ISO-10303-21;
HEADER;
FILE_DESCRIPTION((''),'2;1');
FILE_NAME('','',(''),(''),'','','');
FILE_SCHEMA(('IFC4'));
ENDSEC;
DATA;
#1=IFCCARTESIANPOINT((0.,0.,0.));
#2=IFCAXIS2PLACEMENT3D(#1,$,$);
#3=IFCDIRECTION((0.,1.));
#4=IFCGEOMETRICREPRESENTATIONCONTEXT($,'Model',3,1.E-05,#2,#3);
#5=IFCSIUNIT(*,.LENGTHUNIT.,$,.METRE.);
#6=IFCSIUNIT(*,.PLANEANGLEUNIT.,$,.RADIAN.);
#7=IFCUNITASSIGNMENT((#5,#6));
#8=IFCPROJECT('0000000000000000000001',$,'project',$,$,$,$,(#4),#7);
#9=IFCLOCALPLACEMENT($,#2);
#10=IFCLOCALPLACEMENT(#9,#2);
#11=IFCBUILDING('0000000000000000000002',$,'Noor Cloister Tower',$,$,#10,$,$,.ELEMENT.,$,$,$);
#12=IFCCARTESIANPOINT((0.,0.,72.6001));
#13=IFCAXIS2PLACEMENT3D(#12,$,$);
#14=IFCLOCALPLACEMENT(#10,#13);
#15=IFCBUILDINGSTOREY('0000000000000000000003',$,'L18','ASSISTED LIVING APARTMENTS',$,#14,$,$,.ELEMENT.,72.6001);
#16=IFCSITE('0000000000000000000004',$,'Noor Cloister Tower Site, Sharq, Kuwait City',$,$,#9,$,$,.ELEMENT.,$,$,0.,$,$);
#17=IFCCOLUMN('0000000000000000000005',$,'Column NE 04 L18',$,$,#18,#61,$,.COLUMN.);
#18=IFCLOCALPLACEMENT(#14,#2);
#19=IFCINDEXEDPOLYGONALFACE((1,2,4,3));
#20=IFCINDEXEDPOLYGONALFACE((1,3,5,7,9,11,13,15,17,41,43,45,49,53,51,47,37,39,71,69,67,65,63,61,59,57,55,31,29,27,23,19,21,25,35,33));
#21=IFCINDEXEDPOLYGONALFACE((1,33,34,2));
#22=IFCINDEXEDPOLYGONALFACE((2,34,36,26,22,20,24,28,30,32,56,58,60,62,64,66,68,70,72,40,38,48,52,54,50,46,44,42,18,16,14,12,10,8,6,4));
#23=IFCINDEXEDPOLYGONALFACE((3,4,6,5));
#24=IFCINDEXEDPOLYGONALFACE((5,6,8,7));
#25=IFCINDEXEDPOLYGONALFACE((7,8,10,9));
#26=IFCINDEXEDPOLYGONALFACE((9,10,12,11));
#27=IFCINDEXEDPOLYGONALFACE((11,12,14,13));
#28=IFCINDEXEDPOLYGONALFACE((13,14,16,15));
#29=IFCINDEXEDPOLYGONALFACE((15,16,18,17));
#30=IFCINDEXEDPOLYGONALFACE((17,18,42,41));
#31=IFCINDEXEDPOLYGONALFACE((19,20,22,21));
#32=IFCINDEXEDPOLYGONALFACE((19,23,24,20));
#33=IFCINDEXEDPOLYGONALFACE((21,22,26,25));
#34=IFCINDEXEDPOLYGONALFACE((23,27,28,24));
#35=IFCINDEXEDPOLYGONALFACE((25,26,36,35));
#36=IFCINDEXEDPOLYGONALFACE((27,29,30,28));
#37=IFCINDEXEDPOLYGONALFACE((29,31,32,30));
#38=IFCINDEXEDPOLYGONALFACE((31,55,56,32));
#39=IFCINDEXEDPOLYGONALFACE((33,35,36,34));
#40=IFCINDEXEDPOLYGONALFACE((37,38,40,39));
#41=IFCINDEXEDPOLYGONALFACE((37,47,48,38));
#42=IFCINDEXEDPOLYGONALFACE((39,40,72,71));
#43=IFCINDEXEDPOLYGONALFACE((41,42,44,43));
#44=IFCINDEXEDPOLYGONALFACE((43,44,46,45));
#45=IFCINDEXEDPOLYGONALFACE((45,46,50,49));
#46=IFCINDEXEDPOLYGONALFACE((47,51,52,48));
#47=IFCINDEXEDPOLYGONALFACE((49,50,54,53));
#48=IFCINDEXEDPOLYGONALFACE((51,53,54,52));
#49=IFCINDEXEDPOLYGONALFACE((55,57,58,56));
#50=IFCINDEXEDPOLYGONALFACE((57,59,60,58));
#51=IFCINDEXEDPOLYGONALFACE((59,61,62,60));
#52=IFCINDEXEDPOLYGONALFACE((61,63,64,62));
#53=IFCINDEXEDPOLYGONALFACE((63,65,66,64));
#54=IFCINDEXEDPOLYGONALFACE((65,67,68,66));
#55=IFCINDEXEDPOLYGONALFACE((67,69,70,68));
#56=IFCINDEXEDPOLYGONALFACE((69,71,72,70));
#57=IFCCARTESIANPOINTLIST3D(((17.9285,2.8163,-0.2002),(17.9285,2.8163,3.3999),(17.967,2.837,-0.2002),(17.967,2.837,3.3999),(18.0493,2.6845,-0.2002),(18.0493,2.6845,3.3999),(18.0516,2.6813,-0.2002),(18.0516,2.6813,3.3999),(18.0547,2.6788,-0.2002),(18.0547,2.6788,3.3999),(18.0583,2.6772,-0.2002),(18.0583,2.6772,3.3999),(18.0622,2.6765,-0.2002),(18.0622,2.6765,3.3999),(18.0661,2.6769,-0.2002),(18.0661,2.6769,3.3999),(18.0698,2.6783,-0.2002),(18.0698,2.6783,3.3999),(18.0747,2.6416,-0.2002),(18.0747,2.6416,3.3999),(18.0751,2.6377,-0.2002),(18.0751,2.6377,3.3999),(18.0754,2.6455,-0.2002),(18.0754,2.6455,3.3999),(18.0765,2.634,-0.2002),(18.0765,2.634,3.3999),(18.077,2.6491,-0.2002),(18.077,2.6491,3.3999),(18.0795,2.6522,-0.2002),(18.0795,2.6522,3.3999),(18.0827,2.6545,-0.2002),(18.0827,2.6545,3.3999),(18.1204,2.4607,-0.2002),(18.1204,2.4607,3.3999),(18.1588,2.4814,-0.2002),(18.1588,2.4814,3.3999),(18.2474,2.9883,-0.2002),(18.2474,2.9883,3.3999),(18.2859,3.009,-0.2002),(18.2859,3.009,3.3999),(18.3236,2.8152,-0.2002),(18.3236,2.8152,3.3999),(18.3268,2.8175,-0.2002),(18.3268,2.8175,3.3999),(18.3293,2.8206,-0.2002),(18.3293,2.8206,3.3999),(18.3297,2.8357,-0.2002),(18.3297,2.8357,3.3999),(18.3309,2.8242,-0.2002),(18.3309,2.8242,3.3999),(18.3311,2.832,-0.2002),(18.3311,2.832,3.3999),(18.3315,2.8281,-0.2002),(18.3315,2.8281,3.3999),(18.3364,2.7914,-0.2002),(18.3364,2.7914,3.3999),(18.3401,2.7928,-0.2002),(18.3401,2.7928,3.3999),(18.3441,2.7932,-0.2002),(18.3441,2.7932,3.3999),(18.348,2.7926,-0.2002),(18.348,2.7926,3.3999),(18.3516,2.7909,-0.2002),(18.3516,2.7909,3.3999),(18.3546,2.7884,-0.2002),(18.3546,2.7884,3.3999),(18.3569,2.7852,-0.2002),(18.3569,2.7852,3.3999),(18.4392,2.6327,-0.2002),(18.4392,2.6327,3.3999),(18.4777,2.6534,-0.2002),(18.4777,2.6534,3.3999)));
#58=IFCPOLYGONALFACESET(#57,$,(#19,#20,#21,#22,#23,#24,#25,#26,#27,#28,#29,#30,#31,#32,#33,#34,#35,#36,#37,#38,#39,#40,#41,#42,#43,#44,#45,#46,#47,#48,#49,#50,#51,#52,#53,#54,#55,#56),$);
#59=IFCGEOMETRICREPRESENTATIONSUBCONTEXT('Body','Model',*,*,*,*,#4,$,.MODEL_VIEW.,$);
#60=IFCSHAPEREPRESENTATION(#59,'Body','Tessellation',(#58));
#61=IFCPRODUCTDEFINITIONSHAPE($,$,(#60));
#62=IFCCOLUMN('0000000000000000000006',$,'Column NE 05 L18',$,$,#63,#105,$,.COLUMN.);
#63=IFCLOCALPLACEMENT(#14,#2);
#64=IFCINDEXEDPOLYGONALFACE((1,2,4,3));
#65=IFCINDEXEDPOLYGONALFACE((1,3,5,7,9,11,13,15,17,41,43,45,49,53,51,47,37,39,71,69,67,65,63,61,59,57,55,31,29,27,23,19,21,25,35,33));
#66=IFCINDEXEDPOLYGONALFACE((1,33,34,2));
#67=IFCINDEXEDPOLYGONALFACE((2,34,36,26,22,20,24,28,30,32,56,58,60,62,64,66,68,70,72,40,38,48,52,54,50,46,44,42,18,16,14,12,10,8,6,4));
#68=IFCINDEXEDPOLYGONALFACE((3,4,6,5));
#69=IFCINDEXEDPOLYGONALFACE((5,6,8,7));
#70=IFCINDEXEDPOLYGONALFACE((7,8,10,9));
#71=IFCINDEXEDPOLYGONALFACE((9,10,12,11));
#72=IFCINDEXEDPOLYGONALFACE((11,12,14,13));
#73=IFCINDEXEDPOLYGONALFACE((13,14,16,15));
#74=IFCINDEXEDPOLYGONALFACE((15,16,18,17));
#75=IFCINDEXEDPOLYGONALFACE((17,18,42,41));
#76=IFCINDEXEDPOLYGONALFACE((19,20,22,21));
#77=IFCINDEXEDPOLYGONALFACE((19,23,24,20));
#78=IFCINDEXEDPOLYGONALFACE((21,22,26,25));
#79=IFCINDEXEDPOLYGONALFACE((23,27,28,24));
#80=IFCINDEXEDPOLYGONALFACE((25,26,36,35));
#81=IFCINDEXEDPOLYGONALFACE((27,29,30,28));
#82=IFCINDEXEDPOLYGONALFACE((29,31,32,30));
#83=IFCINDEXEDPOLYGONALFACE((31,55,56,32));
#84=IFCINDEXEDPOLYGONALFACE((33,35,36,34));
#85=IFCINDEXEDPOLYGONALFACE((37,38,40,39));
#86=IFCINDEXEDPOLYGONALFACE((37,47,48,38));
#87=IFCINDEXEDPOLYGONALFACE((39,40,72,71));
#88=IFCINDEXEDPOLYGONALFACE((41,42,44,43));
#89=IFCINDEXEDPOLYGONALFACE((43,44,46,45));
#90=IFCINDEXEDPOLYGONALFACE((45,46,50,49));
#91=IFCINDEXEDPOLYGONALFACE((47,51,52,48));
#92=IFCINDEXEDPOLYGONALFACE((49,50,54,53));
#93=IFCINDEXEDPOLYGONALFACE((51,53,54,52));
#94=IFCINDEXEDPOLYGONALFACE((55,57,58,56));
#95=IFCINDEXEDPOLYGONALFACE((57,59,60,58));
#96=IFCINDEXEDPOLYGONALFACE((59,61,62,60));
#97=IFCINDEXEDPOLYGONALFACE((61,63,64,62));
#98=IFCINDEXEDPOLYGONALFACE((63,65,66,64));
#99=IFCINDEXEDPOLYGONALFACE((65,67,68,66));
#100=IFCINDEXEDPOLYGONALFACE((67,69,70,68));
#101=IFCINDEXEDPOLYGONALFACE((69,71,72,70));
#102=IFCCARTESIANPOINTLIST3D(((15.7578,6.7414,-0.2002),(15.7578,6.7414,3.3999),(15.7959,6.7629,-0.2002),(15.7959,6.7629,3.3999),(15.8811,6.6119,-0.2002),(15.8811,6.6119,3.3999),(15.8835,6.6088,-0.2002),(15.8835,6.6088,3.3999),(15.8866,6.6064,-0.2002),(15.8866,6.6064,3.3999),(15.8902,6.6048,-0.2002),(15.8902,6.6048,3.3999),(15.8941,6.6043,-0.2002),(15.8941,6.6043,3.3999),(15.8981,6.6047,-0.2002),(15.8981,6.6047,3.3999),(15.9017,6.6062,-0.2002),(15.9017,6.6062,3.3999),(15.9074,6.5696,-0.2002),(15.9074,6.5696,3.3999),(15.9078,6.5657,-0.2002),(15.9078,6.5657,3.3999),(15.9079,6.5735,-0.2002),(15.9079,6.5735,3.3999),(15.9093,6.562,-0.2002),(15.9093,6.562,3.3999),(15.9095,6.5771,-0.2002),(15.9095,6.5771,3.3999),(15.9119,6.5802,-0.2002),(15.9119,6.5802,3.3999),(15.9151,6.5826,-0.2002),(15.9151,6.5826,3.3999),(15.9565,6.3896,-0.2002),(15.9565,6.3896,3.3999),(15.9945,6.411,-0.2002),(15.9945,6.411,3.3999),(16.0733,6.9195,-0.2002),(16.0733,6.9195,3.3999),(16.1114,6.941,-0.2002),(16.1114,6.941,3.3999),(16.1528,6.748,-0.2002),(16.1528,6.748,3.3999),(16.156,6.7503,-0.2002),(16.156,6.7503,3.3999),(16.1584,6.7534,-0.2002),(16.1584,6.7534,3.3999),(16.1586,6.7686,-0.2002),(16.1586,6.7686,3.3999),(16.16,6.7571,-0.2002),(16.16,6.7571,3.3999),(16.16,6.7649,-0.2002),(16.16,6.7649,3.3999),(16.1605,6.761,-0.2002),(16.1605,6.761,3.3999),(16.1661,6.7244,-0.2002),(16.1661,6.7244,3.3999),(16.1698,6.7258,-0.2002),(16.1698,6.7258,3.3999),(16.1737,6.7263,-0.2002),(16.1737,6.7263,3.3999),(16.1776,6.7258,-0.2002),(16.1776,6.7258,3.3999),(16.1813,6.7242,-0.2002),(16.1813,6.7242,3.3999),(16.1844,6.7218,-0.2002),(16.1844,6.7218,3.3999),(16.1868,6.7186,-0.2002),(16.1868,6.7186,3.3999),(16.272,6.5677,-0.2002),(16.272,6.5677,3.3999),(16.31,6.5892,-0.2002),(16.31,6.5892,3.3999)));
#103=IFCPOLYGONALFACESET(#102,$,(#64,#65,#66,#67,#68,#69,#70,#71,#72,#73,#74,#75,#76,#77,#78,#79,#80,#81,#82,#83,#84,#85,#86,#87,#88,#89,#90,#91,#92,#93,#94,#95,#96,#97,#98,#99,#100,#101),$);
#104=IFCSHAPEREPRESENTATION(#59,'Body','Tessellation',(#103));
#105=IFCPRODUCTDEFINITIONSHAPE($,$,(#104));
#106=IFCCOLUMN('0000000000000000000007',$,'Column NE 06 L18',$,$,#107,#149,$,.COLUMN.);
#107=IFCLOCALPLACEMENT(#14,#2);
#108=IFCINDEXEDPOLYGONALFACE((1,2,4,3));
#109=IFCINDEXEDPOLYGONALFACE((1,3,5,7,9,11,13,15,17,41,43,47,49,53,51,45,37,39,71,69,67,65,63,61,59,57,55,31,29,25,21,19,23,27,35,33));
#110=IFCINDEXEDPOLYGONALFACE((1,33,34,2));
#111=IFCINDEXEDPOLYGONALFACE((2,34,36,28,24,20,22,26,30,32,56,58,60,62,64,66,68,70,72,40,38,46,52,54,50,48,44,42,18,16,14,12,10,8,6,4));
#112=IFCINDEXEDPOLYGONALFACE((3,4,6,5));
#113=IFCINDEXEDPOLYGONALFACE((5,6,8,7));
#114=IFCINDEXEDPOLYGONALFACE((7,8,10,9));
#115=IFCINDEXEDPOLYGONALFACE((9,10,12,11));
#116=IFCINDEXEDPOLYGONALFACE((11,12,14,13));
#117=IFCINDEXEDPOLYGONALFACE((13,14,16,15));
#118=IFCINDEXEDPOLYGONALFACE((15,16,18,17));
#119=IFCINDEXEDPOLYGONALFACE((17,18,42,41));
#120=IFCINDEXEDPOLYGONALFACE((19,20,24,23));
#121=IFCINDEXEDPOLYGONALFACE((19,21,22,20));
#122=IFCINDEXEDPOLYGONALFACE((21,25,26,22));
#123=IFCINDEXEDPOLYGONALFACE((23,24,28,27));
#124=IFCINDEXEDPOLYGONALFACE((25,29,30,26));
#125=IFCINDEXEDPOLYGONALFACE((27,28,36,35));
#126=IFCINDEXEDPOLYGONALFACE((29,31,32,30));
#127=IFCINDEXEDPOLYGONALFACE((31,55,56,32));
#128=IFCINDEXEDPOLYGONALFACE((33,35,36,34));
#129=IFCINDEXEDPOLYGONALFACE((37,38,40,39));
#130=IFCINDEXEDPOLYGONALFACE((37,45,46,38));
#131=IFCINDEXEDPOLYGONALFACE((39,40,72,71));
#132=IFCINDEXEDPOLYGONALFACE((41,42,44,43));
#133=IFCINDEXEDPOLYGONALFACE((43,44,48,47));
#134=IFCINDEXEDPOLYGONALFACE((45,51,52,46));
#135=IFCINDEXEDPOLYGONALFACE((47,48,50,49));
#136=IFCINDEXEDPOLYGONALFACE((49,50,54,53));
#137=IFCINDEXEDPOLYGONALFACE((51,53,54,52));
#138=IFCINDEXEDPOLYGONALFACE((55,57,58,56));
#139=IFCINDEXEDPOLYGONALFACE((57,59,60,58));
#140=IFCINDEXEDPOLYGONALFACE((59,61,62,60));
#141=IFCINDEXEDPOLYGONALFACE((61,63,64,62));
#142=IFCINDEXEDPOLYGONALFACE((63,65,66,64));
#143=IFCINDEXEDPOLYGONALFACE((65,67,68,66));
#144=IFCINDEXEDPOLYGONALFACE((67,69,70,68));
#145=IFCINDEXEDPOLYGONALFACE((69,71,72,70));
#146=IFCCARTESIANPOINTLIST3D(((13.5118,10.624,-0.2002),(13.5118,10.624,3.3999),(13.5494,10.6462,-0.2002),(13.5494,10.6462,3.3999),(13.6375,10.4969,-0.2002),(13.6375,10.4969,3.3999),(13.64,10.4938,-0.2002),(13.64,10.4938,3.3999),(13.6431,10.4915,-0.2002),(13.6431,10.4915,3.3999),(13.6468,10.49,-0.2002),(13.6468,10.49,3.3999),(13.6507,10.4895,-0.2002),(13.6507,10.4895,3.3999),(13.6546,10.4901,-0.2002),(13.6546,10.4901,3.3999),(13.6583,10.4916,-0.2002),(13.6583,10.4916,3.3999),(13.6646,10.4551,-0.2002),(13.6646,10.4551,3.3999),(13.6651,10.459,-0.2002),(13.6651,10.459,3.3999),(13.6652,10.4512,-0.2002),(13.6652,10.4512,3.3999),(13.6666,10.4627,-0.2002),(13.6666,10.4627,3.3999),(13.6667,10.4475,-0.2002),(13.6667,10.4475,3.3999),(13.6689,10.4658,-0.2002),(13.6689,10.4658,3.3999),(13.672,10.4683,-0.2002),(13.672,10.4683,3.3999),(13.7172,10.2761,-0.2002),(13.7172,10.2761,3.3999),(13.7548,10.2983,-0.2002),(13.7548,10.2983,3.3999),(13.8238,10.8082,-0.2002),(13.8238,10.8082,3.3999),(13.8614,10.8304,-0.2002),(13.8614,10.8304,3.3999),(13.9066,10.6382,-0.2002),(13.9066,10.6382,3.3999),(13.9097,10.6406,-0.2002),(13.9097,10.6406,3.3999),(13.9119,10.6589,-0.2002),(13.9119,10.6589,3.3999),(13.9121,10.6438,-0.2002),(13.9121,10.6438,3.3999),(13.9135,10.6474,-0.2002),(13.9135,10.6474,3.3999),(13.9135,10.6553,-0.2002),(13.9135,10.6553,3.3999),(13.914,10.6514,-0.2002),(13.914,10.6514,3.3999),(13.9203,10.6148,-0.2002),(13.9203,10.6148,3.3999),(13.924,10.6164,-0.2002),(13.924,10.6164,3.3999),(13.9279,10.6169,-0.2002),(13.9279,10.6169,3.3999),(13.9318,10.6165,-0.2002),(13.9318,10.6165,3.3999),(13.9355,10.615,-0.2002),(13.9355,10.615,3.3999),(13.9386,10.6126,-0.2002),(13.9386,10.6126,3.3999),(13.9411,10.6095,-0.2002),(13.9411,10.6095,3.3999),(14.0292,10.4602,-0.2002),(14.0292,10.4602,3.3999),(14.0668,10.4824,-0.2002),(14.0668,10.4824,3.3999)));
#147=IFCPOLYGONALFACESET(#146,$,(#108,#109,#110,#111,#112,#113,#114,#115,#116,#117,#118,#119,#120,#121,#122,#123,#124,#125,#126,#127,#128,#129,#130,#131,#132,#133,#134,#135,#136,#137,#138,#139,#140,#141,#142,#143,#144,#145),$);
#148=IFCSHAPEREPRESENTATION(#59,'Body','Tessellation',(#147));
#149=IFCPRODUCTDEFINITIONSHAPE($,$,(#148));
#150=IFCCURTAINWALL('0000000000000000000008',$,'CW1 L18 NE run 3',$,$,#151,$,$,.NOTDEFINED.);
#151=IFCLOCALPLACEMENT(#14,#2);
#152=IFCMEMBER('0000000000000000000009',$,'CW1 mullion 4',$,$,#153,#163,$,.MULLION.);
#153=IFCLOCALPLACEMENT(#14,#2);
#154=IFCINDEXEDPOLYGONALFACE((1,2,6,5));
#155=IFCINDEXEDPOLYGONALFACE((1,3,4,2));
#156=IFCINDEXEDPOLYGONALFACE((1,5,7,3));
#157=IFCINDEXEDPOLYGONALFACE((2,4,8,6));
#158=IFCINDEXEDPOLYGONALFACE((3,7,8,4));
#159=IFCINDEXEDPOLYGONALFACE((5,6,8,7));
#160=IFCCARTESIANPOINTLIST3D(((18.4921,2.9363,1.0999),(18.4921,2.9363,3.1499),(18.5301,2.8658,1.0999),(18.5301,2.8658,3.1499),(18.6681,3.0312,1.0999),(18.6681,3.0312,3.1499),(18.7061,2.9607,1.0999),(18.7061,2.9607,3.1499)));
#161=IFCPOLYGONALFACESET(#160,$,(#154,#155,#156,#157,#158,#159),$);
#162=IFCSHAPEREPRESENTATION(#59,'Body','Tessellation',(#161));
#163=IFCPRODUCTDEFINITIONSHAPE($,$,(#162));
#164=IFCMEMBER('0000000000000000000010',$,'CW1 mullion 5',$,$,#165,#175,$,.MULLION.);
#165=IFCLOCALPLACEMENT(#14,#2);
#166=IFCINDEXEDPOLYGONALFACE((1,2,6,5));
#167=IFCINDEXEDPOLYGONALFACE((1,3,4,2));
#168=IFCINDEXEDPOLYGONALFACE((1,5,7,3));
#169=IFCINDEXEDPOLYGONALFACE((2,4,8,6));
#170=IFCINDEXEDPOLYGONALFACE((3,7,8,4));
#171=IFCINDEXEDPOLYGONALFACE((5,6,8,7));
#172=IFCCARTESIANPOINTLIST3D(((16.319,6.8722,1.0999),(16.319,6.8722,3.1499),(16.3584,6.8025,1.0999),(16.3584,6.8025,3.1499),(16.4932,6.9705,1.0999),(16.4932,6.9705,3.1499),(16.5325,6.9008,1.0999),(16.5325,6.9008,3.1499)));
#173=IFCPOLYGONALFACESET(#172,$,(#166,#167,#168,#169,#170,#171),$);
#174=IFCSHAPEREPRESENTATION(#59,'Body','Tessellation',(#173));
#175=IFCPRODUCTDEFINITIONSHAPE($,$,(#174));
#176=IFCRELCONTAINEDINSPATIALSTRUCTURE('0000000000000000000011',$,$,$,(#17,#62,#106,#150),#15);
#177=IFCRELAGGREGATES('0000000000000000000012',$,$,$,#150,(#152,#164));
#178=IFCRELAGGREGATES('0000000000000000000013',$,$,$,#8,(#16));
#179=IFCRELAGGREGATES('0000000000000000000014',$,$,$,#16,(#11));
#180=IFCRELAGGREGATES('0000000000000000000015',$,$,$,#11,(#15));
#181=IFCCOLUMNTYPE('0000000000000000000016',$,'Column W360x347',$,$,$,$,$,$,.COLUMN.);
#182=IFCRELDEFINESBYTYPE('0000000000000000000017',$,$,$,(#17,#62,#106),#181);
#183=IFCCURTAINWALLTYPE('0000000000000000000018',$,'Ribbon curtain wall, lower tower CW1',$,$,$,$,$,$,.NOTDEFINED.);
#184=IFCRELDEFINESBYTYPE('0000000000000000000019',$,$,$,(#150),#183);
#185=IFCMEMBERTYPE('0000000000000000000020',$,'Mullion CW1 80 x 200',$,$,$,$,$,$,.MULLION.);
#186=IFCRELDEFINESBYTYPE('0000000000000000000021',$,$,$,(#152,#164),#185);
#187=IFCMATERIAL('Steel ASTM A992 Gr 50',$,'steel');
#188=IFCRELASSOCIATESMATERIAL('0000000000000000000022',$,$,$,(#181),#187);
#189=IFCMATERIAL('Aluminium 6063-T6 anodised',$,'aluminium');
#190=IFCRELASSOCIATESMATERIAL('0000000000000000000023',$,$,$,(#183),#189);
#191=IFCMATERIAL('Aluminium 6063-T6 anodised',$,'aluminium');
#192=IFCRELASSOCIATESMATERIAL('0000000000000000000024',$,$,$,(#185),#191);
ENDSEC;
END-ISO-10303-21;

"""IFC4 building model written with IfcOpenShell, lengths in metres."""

from ifc_helpers import new_model, si_unit, direction, frame, origin, origin_2d, place, context, subcontext, project, spatial, rectangle, i_section, extrude, material, material_profile, profile_set, type_object, element, aggregate, save


model = new_model("IFC4")

# Units and contexts
model_context = context("Model", 3, precision=1e-05, world=origin(), true_north=direction((0.0, 1.0)))
body_context = subcontext(model_context, "Body", "Model", "MODEL_VIEW")
ifc_project = project(units=[si_unit("LENGTHUNIT", "METRE"), si_unit("PLANEANGLEUNIT", "RADIAN")], contexts=[model_context])

# Site, building, storey
site_placement = place(None, origin())
site = spatial("IfcSite", under=ifc_project, at=site_placement, Name="Noor Cloister Tower Site, Sharq, Kuwait City", CompositionType="ELEMENT", RefElevation=0.0)
building_placement = place(site_placement, origin())
building = spatial("IfcBuilding", under=site, at=building_placement, Name="Noor Cloister Tower", CompositionType="ELEMENT")
storey_placement = place(building_placement, frame((0.0, 0.0, 72.6001)))
storey = spatial("IfcBuildingStorey", under=building, at=storey_placement, Name="L18", Description="ASSISTED LIVING APARTMENTS", CompositionType="ELEMENT", Elevation=72.6001)

# Columns
ifc_material_1 = material(Name="Steel ASTM A992 Gr 50", Category="steel")
ifc_material_profile_1 = material_profile(ifc_material_1, i_section(OverallWidth=0.4041, OverallDepth=0.406, WebThickness=0.0271, FlangeThickness=0.0437, FilletRadius=0.0151, at=origin_2d()), Name="W360x347")
ifc_profile_set_1 = profile_set([ifc_material_profile_1], Name="Steel ASTM A992 Gr 50")
column_type = type_object("IfcColumnType", Name="Column W360x347", PredefinedType="COLUMN", material=ifc_profile_set_1)
for number, where, z_axis, x_axis, name in (
    (1, (18.2031, 2.7349, -0.2002), (0.0, 0.0, 1.0), (-0.474733, 0.88013, 0.0), "Column NE 04 L18"),
    (2, (16.0339, 6.6653, -0.2002), (0.0, 0.0, 1.0), (-0.491623, 0.870808, 0.0), "Column NE 05 L18"),
    (3, (13.7893, 10.5532, -0.2002), (0.0, 0.0, 1.0), (-0.50833, 0.861162, 0.0), "Column NE 06 L18"),
):
    element("IfcColumn", number, at=place(storey_placement, frame(where, z_axis=z_axis, x_axis=x_axis)), inside=storey, type_object=column_type, Name=name, PredefinedType="COLUMN", context=body_context, shape_type="SweptSolid", body=[
        extrude(i_section(OverallWidth=0.4041, OverallDepth=0.406, WebThickness=0.0271, FlangeThickness=0.0437, FilletRadius=0.0151, at=origin_2d()), origin(), (0.0, 0.0, 1.0), 3.6001),
    ])

# Curtain wall, members
ifc_material_2 = material(Name="Aluminium 6063-T6 anodised", Category="aluminium")
curtain_wall_type = type_object("IfcCurtainWallType", Name="Ribbon curtain wall, lower tower CW1", PredefinedType="NOTDEFINED", material=ifc_material_2)
curtain_wall_placement = place(storey_placement, origin())
curtain_wall = element("IfcCurtainWall", 4, at=curtain_wall_placement, inside=storey, type_object=curtain_wall_type, Name="CW1 L18 NE run 3", PredefinedType="NOTDEFINED")
ifc_material_3 = material(Name="Aluminium 6063-T6 anodised", Category="aluminium")
ifc_material_profile_2 = material_profile(ifc_material_3, rectangle(XDim=0.2, YDim=0.0801, at=origin_2d()), Name="200 x 80 mullion")
ifc_profile_set_2 = profile_set([ifc_material_profile_2], Name="Aluminium 6063-T6 anodised")
member_type = type_object("IfcMemberType", Name="Mullion CW1 80 x 200", PredefinedType="MULLION", material=ifc_profile_set_2)
member_1_placement = place(storey_placement, frame((18.5991, 2.9485, 1.0999), z_axis=(0.0, 0.0, 1.0), x_axis=(-0.88013, -0.474733, 0.0)))
member_1 = element("IfcMember", 5, at=member_1_placement, type_object=member_type, Name="CW1 mullion 4", PredefinedType="MULLION", context=body_context, shape_type="SweptSolid", body=[
    extrude(rectangle(XDim=0.2, YDim=0.0801, at=origin_2d()), origin(), (0.0, 0.0, 1.0), 2.05),
])
member_2_placement = place(storey_placement, frame((16.4258, 6.8865, 1.0999), z_axis=(0.0, 0.0, 1.0), x_axis=(-0.870808, -0.491623, 0.0)))
member_2 = element("IfcMember", 6, at=member_2_placement, type_object=member_type, Name="CW1 mullion 5", PredefinedType="MULLION", context=body_context, shape_type="SweptSolid", body=[
    extrude(rectangle(XDim=0.2, YDim=0.0801, at=origin_2d()), origin(), (0.0, 0.0, 1.0), 2.05),
])

aggregate(curtain_wall, [member_1, member_2])

save(model, "model.ifc")
